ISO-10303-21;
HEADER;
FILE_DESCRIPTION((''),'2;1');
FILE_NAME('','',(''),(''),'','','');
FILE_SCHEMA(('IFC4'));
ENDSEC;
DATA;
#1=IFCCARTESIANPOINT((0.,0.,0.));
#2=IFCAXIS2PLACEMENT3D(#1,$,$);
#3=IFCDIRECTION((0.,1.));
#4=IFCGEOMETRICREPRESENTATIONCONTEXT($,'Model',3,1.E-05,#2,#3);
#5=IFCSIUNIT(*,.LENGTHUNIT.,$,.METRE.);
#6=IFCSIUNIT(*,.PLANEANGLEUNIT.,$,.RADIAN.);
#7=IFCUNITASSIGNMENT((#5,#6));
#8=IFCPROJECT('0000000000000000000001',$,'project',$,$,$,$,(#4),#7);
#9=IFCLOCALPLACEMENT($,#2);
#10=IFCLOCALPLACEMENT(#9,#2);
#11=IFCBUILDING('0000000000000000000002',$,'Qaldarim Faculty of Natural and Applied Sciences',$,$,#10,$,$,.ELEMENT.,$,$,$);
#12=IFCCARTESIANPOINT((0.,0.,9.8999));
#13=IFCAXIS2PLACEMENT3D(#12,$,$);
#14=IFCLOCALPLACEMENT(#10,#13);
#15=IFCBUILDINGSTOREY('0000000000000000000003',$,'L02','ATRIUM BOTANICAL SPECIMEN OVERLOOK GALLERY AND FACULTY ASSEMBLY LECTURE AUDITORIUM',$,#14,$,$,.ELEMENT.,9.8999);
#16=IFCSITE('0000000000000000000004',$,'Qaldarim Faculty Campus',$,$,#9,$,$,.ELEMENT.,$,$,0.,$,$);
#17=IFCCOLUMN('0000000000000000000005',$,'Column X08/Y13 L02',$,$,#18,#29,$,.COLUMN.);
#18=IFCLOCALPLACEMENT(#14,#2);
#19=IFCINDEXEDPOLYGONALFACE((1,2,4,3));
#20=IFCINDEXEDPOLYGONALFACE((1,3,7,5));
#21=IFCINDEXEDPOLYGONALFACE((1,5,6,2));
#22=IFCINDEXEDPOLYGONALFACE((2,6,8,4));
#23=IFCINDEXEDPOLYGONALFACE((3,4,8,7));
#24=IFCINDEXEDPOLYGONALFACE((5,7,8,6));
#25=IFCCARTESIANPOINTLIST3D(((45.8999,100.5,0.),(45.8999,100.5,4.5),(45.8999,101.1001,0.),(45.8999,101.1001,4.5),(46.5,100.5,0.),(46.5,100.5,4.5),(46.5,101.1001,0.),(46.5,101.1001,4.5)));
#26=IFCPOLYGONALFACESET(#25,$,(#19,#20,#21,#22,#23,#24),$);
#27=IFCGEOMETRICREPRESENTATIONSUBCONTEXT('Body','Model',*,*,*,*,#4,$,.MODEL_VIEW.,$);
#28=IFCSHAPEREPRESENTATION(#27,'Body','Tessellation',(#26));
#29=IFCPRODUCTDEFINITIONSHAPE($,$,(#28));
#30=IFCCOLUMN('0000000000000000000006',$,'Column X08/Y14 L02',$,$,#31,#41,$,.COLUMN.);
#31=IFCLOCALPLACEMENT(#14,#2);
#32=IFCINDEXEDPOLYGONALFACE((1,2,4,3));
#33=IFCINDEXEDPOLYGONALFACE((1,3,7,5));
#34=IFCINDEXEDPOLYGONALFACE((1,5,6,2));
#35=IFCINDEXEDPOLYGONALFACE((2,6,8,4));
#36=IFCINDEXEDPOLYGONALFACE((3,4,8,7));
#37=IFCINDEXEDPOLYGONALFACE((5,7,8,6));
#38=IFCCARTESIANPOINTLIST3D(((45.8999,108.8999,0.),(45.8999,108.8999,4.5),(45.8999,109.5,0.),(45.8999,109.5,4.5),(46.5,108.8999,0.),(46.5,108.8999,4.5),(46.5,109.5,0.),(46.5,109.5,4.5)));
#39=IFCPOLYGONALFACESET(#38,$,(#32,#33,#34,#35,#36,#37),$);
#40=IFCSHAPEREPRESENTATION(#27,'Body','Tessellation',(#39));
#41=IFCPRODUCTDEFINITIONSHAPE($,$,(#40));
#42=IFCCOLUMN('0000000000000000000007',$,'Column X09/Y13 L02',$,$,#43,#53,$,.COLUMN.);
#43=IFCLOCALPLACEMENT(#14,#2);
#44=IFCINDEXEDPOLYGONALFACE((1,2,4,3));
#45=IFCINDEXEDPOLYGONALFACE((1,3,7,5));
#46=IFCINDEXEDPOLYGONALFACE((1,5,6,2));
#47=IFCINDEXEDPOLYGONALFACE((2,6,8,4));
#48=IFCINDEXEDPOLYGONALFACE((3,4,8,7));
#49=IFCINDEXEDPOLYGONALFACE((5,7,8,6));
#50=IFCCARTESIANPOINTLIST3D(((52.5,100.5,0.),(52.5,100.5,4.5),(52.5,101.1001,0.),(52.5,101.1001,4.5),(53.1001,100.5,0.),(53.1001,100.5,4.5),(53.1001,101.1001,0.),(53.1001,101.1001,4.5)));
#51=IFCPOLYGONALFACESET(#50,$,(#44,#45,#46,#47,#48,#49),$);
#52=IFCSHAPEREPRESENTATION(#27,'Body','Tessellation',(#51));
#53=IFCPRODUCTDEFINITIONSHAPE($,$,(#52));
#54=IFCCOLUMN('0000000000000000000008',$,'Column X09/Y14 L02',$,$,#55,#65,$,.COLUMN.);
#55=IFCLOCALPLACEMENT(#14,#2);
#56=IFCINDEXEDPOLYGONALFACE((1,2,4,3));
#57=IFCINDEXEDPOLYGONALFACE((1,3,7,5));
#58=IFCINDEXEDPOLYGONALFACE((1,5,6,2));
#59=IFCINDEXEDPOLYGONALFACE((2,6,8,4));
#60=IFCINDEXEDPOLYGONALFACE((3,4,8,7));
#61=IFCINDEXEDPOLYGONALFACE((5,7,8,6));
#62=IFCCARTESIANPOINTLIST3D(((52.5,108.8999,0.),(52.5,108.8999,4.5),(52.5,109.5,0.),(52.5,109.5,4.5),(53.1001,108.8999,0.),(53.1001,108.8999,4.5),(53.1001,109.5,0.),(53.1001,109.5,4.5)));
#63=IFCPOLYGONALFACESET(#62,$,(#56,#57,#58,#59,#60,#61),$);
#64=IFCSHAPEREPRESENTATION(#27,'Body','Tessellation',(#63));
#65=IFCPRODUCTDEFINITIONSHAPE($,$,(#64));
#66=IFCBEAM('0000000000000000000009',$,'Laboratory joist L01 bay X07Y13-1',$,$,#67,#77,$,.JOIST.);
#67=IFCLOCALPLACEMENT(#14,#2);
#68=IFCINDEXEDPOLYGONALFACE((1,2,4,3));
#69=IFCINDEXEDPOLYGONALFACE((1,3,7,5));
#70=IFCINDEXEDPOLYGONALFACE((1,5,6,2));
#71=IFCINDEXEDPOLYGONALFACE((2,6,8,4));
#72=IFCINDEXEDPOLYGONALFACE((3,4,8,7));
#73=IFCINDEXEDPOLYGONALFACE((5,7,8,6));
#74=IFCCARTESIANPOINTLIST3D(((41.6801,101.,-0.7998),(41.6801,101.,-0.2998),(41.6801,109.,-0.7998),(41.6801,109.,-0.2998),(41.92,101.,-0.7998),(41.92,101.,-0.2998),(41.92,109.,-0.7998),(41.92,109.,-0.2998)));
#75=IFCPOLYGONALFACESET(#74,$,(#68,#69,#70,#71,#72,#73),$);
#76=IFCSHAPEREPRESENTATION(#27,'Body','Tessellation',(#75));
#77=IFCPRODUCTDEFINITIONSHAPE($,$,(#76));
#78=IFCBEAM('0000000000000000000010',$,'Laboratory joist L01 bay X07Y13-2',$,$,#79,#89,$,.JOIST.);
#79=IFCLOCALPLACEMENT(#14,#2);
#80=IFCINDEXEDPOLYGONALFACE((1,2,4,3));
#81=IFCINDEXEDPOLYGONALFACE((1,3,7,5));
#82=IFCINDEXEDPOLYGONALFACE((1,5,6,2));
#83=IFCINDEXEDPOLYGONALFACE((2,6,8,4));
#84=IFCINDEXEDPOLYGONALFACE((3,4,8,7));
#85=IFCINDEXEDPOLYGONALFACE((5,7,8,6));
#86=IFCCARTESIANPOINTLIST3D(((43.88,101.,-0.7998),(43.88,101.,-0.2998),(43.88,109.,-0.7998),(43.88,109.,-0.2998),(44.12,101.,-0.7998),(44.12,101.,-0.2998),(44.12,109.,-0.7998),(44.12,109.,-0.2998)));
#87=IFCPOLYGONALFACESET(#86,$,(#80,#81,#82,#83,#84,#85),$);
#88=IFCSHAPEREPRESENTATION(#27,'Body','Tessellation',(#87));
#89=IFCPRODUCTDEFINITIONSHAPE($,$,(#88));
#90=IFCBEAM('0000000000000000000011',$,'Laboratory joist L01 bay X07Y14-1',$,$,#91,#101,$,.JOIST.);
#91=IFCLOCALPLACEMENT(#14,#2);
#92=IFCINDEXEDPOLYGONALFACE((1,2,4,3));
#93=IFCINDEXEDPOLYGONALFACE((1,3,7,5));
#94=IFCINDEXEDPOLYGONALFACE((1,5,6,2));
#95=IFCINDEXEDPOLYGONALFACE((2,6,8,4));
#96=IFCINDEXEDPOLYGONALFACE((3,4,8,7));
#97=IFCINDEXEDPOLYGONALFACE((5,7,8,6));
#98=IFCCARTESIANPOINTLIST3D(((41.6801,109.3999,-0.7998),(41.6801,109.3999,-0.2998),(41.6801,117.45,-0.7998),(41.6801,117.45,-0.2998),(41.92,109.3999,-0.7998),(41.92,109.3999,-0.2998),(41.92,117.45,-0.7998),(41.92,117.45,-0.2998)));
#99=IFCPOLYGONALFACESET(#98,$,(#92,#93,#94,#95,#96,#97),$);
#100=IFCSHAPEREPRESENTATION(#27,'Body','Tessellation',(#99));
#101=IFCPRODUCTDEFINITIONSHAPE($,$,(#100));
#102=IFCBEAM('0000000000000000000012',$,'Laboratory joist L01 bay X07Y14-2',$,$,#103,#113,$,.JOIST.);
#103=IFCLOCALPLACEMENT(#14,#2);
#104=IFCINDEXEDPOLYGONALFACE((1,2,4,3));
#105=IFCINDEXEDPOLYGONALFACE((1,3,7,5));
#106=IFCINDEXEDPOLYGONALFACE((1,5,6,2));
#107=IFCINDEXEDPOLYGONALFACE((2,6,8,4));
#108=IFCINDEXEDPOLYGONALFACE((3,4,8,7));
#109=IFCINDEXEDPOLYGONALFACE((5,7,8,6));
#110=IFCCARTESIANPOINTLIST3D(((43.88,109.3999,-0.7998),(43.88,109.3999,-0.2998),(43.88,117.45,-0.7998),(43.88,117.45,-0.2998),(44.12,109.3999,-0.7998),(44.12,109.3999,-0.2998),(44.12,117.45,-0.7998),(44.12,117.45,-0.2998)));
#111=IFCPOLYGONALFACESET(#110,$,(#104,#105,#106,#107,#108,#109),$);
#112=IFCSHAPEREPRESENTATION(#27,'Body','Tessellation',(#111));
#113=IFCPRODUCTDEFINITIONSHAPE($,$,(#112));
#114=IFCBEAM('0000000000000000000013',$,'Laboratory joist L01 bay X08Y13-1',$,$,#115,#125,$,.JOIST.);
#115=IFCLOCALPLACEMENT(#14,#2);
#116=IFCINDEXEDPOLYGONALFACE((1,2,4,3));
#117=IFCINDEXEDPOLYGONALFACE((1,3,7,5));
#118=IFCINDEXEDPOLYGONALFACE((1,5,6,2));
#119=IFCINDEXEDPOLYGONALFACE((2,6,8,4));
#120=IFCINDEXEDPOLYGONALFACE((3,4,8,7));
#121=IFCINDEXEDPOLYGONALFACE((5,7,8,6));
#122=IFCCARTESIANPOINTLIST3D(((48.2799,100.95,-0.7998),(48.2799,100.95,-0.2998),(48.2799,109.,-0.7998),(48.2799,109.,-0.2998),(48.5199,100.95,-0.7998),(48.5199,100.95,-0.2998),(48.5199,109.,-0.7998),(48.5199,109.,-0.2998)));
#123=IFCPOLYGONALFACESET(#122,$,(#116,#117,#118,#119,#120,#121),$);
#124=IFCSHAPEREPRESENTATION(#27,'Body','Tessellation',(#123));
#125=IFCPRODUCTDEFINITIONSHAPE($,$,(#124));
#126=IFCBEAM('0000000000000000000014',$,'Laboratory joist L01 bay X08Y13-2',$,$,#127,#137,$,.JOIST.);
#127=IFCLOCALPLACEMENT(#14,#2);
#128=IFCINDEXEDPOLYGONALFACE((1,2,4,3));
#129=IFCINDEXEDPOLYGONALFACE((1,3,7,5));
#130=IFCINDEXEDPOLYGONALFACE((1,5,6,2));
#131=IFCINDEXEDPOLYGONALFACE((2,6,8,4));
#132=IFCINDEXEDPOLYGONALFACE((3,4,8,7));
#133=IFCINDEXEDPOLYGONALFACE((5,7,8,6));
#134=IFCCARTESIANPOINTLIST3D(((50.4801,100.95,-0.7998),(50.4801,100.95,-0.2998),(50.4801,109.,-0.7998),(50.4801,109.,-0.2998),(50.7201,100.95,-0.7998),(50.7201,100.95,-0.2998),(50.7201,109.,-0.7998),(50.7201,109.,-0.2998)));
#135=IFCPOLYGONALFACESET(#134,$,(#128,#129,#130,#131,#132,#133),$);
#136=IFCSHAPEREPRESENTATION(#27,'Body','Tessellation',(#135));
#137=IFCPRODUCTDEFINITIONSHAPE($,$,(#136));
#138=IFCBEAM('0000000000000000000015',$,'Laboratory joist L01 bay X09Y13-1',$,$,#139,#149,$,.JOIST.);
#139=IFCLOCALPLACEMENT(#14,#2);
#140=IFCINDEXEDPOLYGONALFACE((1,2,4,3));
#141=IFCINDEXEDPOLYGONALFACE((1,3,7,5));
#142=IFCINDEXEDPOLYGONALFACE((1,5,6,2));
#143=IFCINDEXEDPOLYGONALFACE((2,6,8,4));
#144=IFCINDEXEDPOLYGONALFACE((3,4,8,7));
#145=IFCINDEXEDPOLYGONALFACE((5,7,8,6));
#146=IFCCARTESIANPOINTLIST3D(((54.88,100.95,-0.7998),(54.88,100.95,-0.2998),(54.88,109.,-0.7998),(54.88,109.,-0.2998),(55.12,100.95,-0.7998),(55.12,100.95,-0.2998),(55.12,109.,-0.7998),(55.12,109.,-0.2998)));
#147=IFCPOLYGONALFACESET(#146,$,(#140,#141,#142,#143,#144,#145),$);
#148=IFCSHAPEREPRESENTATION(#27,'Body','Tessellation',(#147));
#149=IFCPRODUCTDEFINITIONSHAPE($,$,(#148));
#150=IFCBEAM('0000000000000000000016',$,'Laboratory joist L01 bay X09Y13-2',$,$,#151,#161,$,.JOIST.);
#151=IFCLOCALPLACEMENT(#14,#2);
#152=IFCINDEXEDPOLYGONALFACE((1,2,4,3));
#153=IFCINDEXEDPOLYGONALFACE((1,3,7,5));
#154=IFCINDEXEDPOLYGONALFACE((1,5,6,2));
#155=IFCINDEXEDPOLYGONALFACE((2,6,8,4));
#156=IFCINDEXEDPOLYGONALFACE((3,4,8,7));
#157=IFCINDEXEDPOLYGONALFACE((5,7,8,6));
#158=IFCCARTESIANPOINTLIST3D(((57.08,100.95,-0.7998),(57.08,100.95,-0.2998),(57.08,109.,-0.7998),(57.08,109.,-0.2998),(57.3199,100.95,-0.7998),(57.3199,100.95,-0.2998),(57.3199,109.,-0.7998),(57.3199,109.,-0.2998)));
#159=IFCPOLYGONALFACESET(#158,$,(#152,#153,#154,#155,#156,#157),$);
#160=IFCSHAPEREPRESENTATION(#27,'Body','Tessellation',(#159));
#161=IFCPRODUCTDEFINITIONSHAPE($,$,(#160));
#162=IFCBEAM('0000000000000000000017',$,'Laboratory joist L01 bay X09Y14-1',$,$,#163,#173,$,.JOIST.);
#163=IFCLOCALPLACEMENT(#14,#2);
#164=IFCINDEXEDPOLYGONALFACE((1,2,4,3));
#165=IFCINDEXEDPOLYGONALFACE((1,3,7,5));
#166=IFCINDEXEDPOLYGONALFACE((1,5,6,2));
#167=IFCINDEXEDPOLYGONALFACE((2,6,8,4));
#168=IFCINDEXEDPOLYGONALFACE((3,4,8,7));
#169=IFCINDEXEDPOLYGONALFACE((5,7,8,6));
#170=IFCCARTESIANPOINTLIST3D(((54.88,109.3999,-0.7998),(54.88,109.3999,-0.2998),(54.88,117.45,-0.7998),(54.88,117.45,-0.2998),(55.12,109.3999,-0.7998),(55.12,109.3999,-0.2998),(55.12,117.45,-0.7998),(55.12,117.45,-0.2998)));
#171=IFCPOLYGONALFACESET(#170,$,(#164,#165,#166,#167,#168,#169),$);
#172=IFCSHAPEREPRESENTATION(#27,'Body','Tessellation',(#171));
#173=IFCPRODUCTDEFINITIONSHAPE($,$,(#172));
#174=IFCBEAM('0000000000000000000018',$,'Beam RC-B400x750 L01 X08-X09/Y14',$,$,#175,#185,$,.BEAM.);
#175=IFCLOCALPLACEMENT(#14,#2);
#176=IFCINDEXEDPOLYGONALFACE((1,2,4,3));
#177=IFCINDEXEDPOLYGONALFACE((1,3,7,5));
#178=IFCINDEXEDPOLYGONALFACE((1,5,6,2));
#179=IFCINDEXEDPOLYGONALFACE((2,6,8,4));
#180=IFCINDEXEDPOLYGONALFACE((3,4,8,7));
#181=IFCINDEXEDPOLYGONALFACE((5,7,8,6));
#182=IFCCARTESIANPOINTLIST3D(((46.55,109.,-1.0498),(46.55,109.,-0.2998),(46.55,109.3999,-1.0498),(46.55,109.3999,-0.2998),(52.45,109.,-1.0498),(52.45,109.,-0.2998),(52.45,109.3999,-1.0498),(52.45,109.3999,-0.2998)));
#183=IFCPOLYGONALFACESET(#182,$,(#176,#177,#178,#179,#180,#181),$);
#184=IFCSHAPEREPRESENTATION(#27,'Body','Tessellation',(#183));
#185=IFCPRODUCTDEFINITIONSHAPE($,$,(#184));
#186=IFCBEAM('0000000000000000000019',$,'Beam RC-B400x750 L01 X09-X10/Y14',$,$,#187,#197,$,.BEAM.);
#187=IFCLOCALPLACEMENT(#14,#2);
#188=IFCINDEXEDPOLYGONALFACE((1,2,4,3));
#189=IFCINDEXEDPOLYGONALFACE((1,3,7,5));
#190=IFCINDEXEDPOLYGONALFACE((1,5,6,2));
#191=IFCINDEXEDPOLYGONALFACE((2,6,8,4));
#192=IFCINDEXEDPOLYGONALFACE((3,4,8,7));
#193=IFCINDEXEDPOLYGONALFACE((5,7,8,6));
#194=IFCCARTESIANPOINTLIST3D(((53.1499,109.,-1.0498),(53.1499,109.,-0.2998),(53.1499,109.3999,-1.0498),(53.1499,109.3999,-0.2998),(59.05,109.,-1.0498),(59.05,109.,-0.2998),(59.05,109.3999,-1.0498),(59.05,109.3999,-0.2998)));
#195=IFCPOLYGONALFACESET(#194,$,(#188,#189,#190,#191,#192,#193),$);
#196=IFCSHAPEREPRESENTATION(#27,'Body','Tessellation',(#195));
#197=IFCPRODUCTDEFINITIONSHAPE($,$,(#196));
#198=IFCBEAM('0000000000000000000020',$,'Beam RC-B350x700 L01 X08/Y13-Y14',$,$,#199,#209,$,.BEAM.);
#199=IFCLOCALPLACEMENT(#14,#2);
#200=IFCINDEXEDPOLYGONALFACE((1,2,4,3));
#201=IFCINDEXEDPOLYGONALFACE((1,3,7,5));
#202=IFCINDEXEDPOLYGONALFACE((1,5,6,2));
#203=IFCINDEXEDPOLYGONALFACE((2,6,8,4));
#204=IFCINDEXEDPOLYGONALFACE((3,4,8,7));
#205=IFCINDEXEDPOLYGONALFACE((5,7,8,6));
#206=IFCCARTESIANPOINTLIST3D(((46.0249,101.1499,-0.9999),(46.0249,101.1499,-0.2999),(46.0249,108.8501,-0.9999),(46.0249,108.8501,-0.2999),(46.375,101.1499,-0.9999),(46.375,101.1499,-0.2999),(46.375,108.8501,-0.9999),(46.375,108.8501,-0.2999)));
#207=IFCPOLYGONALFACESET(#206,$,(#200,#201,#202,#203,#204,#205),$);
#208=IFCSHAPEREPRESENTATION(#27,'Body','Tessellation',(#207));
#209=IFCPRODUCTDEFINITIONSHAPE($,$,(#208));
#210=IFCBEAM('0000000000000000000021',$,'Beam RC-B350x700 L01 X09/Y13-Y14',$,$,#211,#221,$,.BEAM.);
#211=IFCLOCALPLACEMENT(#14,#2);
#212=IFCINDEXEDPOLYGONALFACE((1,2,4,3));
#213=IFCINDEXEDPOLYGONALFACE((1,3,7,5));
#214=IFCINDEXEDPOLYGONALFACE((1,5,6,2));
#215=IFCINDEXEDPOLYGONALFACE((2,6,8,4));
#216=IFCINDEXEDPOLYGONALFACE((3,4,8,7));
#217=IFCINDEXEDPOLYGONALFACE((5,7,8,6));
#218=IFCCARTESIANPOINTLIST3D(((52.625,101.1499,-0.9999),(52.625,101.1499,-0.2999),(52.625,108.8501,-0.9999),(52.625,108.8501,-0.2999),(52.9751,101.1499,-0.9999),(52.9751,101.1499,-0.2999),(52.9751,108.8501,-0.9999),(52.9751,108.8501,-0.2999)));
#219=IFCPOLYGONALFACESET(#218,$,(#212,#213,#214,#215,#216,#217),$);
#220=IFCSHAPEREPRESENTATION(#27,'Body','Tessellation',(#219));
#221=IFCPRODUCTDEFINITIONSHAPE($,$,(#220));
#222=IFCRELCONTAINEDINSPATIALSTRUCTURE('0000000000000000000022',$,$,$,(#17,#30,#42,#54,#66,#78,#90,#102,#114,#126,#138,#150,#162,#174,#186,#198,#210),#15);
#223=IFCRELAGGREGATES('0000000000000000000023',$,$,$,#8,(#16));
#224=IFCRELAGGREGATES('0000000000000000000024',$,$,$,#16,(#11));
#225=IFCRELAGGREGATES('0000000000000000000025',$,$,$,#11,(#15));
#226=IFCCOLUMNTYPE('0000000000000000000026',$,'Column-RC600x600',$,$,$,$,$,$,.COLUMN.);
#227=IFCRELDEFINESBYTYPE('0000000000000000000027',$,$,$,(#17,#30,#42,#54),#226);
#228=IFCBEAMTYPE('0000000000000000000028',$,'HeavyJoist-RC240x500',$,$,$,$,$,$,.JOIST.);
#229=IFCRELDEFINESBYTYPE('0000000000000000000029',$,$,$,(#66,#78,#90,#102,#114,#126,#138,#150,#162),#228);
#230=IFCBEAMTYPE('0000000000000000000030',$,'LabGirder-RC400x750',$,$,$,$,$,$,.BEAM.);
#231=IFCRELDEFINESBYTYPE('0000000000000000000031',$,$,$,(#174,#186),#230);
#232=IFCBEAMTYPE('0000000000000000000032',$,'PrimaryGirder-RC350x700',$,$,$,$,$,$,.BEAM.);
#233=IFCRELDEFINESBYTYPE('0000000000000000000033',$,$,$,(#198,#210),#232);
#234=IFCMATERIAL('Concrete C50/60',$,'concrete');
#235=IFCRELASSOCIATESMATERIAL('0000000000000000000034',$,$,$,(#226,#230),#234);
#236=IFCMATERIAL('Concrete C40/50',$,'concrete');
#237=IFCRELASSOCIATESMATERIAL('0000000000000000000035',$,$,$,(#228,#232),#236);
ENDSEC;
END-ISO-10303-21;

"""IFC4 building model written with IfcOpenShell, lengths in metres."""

from ifc_helpers import new_model, si_unit, direction, frame, origin, origin_2d, place, context, subcontext, project, spatial, rectangle, extrude, material, material_profile, profile_set, type_object, element, save


model = new_model("IFC4")

# Units and contexts
model_context = context("Model", 3, precision=1e-05, world=origin(), true_north=direction((0.0, 1.0)))
body_context = subcontext(model_context, "Body", "Model", "MODEL_VIEW")
ifc_project = project(units=[si_unit("LENGTHUNIT", "METRE"), si_unit("PLANEANGLEUNIT", "RADIAN")], contexts=[model_context])

# Site, building, storey
site_placement = place(None, origin())
site = spatial("IfcSite", under=ifc_project, at=site_placement, Name="Qaldarim Faculty Campus", CompositionType="ELEMENT", RefElevation=0.0)
building_placement = place(site_placement, origin())
building = spatial("IfcBuilding", under=site, at=building_placement, Name="Qaldarim Faculty of Natural and Applied Sciences", CompositionType="ELEMENT")
storey_placement = place(building_placement, frame((0.0, 0.0, 9.8999)))
storey = spatial("IfcBuildingStorey", under=building, at=storey_placement, Name="L02", Description="ATRIUM BOTANICAL SPECIMEN OVERLOOK GALLERY AND FACULTY ASSEMBLY LECTURE AUDITORIUM", CompositionType="ELEMENT", Elevation=9.8999)

# Columns
ifc_material_1 = material(Name="Concrete C50/60", Category="concrete")
ifc_material_profile_1 = material_profile(ifc_material_1, rectangle(XDim=0.6001, YDim=0.6001, at=origin_2d()), Name="RC-C600x600")
ifc_profile_set_1 = profile_set([ifc_material_profile_1], Name="Concrete C50/60")
column_type = type_object("IfcColumnType", Name="Column-RC600x600", PredefinedType="COLUMN", material=ifc_profile_set_1)
for number, where, z_axis, x_axis, name in (
    (1, (46.2, 100.8, 0.0), (0.0, 0.0, 1.0), (1.0, 0.0, 0.0), "Column X08/Y13 L02"),
    (2, (46.2, 109.2, 0.0), (0.0, 0.0, 1.0), (1.0, 0.0, 0.0), "Column X08/Y14 L02"),
    (3, (52.8, 100.8, 0.0), (0.0, 0.0, 1.0), (1.0, 0.0, 0.0), "Column X09/Y13 L02"),
    (4, (52.8, 109.2, 0.0), (0.0, 0.0, 1.0), (1.0, 0.0, 0.0), "Column X09/Y14 L02"),
):
    element("IfcColumn", number, at=place(storey_placement, frame(where, z_axis=z_axis, x_axis=x_axis)), inside=storey, type_object=column_type, Name=name, PredefinedType="COLUMN", context=body_context, shape_type="SweptSolid", body=[
        extrude(rectangle(XDim=0.6001, YDim=0.6001, at=origin_2d()), origin(), (0.0, 0.0, 1.0), 4.5),
    ])

# Beams
ifc_material_2 = material(Name="Concrete C40/50", Category="concrete")
ifc_material_profile_2 = material_profile(ifc_material_2, rectangle(XDim=0.24, YDim=0.5, at=origin_2d()), Name="RC-J240x500")
ifc_profile_set_2 = profile_set([ifc_material_profile_2], Name="Concrete C40/50")
beam_type_1 = type_object("IfcBeamType", Name="HeavyJoist-RC240x500", PredefinedType="JOIST", material=ifc_profile_set_2)
for number, where, z_axis, x_axis, name in (
    (5, (41.8, 101.0, -0.5498), (0.0, 1.0, 0.0), (-1.0, 0.0, 0.0), "Laboratory joist L01 bay X07Y13-1"),
    (6, (44.0, 101.0, -0.5498), (0.0, 1.0, 0.0), (-1.0, 0.0, 0.0), "Laboratory joist L01 bay X07Y13-2"),
):
    element("IfcBeam", number, at=place(storey_placement, frame(where, z_axis=z_axis, x_axis=x_axis)), inside=storey, type_object=beam_type_1, Name=name, PredefinedType="JOIST", context=body_context, shape_type="SweptSolid", body=[
        extrude(rectangle(XDim=0.24, YDim=0.5, at=origin_2d()), origin(), (0.0, 0.0, 1.0), 8.0),
    ])
for number, where, z_axis, x_axis, name in (
    (7, (41.8, 109.3999, -0.5498), (0.0, 1.0, 0.0), (-1.0, 0.0, 0.0), "Laboratory joist L01 bay X07Y14-1"),
    (8, (44.0, 109.3999, -0.5498), (0.0, 1.0, 0.0), (-1.0, 0.0, 0.0), "Laboratory joist L01 bay X07Y14-2"),
    (9, (48.3999, 100.95, -0.5498), (0.0, 1.0, 0.0), (-1.0, 0.0, 0.0), "Laboratory joist L01 bay X08Y13-1"),
    (10, (50.6001, 100.95, -0.5498), (0.0, 1.0, 0.0), (-1.0, 0.0, 0.0), "Laboratory joist L01 bay X08Y13-2"),
    (11, (55.0, 100.95, -0.5498), (0.0, 1.0, 0.0), (-1.0, 0.0, 0.0), "Laboratory joist L01 bay X09Y13-1"),
    (12, (57.2, 100.95, -0.5498), (0.0, 1.0, 0.0), (-1.0, 0.0, 0.0), "Laboratory joist L01 bay X09Y13-2"),
    (13, (55.0, 109.3999, -0.5498), (0.0, 1.0, 0.0), (-1.0, 0.0, 0.0), "Laboratory joist L01 bay X09Y14-1"),
):
    element("IfcBeam", number, at=place(storey_placement, frame(where, z_axis=z_axis, x_axis=x_axis)), inside=storey, type_object=beam_type_1, Name=name, PredefinedType="JOIST", context=body_context, shape_type="SweptSolid", body=[
        extrude(rectangle(XDim=0.24, YDim=0.5, at=origin_2d()), origin(), (0.0, 0.0, 1.0), 8.05),
    ])
ifc_material_profile_3 = material_profile(ifc_material_1, rectangle(XDim=0.3999, YDim=0.75, at=origin_2d()), Name="RC-B400x750")
ifc_profile_set_3 = profile_set([ifc_material_profile_3], Name="Concrete C50/60")
beam_type_2 = type_object("IfcBeamType", Name="LabGirder-RC400x750", PredefinedType="BEAM", material=ifc_profile_set_3)
beam_1_placement = place(storey_placement, frame((46.55, 109.2, -0.6748), z_axis=(1.0, 0.0, 0.0), x_axis=(0.0, 1.0, 0.0)))
element("IfcBeam", 14, at=beam_1_placement, inside=storey, type_object=beam_type_2, Name="Beam RC-B400x750 L01 X08-X09/Y14", PredefinedType="BEAM", context=body_context, shape_type="SweptSolid", body=[
    extrude(rectangle(XDim=0.3999, YDim=0.75, at=origin_2d()), origin(), (0.0, 0.0, 1.0), 5.8999),
])
beam_2_placement = place(storey_placement, frame((53.1499, 109.2, -0.6748), z_axis=(1.0, 0.0, 0.0), x_axis=(0.0, 1.0, 0.0)))
element("IfcBeam", 15, at=beam_2_placement, inside=storey, type_object=beam_type_2, Name="Beam RC-B400x750 L01 X09-X10/Y14", PredefinedType="BEAM", context=body_context, shape_type="SweptSolid", body=[
    extrude(rectangle(XDim=0.3999, YDim=0.75, at=origin_2d()), origin(), (0.0, 0.0, 1.0), 5.9001),
])
ifc_material_profile_4 = material_profile(ifc_material_2, rectangle(XDim=0.3501, YDim=0.7, at=origin_2d()), Name="RC-B350x700")
ifc_profile_set_4 = profile_set([ifc_material_profile_4], Name="Concrete C40/50")
beam_type_3 = type_object("IfcBeamType", Name="PrimaryGirder-RC350x700", PredefinedType="BEAM", material=ifc_profile_set_4)
for number, where, z_axis, x_axis, name in (
    (16, (46.2, 101.1499, -0.6499), (0.0, 1.0, 0.0), (-1.0, 0.0, 0.0), "Beam RC-B350x700 L01 X08/Y13-Y14"),
    (17, (52.8, 101.1499, -0.6499), (0.0, 1.0, 0.0), (-1.0, 0.0, 0.0), "Beam RC-B350x700 L01 X09/Y13-Y14"),
):
    element("IfcBeam", number, at=place(storey_placement, frame(where, z_axis=z_axis, x_axis=x_axis)), inside=storey, type_object=beam_type_3, Name=name, PredefinedType="BEAM", context=body_context, shape_type="SweptSolid", body=[
        extrude(rectangle(XDim=0.3501, YDim=0.7, at=origin_2d()), origin(), (0.0, 0.0, 1.0), 7.7002),
    ])

save(model, "model.ifc")
